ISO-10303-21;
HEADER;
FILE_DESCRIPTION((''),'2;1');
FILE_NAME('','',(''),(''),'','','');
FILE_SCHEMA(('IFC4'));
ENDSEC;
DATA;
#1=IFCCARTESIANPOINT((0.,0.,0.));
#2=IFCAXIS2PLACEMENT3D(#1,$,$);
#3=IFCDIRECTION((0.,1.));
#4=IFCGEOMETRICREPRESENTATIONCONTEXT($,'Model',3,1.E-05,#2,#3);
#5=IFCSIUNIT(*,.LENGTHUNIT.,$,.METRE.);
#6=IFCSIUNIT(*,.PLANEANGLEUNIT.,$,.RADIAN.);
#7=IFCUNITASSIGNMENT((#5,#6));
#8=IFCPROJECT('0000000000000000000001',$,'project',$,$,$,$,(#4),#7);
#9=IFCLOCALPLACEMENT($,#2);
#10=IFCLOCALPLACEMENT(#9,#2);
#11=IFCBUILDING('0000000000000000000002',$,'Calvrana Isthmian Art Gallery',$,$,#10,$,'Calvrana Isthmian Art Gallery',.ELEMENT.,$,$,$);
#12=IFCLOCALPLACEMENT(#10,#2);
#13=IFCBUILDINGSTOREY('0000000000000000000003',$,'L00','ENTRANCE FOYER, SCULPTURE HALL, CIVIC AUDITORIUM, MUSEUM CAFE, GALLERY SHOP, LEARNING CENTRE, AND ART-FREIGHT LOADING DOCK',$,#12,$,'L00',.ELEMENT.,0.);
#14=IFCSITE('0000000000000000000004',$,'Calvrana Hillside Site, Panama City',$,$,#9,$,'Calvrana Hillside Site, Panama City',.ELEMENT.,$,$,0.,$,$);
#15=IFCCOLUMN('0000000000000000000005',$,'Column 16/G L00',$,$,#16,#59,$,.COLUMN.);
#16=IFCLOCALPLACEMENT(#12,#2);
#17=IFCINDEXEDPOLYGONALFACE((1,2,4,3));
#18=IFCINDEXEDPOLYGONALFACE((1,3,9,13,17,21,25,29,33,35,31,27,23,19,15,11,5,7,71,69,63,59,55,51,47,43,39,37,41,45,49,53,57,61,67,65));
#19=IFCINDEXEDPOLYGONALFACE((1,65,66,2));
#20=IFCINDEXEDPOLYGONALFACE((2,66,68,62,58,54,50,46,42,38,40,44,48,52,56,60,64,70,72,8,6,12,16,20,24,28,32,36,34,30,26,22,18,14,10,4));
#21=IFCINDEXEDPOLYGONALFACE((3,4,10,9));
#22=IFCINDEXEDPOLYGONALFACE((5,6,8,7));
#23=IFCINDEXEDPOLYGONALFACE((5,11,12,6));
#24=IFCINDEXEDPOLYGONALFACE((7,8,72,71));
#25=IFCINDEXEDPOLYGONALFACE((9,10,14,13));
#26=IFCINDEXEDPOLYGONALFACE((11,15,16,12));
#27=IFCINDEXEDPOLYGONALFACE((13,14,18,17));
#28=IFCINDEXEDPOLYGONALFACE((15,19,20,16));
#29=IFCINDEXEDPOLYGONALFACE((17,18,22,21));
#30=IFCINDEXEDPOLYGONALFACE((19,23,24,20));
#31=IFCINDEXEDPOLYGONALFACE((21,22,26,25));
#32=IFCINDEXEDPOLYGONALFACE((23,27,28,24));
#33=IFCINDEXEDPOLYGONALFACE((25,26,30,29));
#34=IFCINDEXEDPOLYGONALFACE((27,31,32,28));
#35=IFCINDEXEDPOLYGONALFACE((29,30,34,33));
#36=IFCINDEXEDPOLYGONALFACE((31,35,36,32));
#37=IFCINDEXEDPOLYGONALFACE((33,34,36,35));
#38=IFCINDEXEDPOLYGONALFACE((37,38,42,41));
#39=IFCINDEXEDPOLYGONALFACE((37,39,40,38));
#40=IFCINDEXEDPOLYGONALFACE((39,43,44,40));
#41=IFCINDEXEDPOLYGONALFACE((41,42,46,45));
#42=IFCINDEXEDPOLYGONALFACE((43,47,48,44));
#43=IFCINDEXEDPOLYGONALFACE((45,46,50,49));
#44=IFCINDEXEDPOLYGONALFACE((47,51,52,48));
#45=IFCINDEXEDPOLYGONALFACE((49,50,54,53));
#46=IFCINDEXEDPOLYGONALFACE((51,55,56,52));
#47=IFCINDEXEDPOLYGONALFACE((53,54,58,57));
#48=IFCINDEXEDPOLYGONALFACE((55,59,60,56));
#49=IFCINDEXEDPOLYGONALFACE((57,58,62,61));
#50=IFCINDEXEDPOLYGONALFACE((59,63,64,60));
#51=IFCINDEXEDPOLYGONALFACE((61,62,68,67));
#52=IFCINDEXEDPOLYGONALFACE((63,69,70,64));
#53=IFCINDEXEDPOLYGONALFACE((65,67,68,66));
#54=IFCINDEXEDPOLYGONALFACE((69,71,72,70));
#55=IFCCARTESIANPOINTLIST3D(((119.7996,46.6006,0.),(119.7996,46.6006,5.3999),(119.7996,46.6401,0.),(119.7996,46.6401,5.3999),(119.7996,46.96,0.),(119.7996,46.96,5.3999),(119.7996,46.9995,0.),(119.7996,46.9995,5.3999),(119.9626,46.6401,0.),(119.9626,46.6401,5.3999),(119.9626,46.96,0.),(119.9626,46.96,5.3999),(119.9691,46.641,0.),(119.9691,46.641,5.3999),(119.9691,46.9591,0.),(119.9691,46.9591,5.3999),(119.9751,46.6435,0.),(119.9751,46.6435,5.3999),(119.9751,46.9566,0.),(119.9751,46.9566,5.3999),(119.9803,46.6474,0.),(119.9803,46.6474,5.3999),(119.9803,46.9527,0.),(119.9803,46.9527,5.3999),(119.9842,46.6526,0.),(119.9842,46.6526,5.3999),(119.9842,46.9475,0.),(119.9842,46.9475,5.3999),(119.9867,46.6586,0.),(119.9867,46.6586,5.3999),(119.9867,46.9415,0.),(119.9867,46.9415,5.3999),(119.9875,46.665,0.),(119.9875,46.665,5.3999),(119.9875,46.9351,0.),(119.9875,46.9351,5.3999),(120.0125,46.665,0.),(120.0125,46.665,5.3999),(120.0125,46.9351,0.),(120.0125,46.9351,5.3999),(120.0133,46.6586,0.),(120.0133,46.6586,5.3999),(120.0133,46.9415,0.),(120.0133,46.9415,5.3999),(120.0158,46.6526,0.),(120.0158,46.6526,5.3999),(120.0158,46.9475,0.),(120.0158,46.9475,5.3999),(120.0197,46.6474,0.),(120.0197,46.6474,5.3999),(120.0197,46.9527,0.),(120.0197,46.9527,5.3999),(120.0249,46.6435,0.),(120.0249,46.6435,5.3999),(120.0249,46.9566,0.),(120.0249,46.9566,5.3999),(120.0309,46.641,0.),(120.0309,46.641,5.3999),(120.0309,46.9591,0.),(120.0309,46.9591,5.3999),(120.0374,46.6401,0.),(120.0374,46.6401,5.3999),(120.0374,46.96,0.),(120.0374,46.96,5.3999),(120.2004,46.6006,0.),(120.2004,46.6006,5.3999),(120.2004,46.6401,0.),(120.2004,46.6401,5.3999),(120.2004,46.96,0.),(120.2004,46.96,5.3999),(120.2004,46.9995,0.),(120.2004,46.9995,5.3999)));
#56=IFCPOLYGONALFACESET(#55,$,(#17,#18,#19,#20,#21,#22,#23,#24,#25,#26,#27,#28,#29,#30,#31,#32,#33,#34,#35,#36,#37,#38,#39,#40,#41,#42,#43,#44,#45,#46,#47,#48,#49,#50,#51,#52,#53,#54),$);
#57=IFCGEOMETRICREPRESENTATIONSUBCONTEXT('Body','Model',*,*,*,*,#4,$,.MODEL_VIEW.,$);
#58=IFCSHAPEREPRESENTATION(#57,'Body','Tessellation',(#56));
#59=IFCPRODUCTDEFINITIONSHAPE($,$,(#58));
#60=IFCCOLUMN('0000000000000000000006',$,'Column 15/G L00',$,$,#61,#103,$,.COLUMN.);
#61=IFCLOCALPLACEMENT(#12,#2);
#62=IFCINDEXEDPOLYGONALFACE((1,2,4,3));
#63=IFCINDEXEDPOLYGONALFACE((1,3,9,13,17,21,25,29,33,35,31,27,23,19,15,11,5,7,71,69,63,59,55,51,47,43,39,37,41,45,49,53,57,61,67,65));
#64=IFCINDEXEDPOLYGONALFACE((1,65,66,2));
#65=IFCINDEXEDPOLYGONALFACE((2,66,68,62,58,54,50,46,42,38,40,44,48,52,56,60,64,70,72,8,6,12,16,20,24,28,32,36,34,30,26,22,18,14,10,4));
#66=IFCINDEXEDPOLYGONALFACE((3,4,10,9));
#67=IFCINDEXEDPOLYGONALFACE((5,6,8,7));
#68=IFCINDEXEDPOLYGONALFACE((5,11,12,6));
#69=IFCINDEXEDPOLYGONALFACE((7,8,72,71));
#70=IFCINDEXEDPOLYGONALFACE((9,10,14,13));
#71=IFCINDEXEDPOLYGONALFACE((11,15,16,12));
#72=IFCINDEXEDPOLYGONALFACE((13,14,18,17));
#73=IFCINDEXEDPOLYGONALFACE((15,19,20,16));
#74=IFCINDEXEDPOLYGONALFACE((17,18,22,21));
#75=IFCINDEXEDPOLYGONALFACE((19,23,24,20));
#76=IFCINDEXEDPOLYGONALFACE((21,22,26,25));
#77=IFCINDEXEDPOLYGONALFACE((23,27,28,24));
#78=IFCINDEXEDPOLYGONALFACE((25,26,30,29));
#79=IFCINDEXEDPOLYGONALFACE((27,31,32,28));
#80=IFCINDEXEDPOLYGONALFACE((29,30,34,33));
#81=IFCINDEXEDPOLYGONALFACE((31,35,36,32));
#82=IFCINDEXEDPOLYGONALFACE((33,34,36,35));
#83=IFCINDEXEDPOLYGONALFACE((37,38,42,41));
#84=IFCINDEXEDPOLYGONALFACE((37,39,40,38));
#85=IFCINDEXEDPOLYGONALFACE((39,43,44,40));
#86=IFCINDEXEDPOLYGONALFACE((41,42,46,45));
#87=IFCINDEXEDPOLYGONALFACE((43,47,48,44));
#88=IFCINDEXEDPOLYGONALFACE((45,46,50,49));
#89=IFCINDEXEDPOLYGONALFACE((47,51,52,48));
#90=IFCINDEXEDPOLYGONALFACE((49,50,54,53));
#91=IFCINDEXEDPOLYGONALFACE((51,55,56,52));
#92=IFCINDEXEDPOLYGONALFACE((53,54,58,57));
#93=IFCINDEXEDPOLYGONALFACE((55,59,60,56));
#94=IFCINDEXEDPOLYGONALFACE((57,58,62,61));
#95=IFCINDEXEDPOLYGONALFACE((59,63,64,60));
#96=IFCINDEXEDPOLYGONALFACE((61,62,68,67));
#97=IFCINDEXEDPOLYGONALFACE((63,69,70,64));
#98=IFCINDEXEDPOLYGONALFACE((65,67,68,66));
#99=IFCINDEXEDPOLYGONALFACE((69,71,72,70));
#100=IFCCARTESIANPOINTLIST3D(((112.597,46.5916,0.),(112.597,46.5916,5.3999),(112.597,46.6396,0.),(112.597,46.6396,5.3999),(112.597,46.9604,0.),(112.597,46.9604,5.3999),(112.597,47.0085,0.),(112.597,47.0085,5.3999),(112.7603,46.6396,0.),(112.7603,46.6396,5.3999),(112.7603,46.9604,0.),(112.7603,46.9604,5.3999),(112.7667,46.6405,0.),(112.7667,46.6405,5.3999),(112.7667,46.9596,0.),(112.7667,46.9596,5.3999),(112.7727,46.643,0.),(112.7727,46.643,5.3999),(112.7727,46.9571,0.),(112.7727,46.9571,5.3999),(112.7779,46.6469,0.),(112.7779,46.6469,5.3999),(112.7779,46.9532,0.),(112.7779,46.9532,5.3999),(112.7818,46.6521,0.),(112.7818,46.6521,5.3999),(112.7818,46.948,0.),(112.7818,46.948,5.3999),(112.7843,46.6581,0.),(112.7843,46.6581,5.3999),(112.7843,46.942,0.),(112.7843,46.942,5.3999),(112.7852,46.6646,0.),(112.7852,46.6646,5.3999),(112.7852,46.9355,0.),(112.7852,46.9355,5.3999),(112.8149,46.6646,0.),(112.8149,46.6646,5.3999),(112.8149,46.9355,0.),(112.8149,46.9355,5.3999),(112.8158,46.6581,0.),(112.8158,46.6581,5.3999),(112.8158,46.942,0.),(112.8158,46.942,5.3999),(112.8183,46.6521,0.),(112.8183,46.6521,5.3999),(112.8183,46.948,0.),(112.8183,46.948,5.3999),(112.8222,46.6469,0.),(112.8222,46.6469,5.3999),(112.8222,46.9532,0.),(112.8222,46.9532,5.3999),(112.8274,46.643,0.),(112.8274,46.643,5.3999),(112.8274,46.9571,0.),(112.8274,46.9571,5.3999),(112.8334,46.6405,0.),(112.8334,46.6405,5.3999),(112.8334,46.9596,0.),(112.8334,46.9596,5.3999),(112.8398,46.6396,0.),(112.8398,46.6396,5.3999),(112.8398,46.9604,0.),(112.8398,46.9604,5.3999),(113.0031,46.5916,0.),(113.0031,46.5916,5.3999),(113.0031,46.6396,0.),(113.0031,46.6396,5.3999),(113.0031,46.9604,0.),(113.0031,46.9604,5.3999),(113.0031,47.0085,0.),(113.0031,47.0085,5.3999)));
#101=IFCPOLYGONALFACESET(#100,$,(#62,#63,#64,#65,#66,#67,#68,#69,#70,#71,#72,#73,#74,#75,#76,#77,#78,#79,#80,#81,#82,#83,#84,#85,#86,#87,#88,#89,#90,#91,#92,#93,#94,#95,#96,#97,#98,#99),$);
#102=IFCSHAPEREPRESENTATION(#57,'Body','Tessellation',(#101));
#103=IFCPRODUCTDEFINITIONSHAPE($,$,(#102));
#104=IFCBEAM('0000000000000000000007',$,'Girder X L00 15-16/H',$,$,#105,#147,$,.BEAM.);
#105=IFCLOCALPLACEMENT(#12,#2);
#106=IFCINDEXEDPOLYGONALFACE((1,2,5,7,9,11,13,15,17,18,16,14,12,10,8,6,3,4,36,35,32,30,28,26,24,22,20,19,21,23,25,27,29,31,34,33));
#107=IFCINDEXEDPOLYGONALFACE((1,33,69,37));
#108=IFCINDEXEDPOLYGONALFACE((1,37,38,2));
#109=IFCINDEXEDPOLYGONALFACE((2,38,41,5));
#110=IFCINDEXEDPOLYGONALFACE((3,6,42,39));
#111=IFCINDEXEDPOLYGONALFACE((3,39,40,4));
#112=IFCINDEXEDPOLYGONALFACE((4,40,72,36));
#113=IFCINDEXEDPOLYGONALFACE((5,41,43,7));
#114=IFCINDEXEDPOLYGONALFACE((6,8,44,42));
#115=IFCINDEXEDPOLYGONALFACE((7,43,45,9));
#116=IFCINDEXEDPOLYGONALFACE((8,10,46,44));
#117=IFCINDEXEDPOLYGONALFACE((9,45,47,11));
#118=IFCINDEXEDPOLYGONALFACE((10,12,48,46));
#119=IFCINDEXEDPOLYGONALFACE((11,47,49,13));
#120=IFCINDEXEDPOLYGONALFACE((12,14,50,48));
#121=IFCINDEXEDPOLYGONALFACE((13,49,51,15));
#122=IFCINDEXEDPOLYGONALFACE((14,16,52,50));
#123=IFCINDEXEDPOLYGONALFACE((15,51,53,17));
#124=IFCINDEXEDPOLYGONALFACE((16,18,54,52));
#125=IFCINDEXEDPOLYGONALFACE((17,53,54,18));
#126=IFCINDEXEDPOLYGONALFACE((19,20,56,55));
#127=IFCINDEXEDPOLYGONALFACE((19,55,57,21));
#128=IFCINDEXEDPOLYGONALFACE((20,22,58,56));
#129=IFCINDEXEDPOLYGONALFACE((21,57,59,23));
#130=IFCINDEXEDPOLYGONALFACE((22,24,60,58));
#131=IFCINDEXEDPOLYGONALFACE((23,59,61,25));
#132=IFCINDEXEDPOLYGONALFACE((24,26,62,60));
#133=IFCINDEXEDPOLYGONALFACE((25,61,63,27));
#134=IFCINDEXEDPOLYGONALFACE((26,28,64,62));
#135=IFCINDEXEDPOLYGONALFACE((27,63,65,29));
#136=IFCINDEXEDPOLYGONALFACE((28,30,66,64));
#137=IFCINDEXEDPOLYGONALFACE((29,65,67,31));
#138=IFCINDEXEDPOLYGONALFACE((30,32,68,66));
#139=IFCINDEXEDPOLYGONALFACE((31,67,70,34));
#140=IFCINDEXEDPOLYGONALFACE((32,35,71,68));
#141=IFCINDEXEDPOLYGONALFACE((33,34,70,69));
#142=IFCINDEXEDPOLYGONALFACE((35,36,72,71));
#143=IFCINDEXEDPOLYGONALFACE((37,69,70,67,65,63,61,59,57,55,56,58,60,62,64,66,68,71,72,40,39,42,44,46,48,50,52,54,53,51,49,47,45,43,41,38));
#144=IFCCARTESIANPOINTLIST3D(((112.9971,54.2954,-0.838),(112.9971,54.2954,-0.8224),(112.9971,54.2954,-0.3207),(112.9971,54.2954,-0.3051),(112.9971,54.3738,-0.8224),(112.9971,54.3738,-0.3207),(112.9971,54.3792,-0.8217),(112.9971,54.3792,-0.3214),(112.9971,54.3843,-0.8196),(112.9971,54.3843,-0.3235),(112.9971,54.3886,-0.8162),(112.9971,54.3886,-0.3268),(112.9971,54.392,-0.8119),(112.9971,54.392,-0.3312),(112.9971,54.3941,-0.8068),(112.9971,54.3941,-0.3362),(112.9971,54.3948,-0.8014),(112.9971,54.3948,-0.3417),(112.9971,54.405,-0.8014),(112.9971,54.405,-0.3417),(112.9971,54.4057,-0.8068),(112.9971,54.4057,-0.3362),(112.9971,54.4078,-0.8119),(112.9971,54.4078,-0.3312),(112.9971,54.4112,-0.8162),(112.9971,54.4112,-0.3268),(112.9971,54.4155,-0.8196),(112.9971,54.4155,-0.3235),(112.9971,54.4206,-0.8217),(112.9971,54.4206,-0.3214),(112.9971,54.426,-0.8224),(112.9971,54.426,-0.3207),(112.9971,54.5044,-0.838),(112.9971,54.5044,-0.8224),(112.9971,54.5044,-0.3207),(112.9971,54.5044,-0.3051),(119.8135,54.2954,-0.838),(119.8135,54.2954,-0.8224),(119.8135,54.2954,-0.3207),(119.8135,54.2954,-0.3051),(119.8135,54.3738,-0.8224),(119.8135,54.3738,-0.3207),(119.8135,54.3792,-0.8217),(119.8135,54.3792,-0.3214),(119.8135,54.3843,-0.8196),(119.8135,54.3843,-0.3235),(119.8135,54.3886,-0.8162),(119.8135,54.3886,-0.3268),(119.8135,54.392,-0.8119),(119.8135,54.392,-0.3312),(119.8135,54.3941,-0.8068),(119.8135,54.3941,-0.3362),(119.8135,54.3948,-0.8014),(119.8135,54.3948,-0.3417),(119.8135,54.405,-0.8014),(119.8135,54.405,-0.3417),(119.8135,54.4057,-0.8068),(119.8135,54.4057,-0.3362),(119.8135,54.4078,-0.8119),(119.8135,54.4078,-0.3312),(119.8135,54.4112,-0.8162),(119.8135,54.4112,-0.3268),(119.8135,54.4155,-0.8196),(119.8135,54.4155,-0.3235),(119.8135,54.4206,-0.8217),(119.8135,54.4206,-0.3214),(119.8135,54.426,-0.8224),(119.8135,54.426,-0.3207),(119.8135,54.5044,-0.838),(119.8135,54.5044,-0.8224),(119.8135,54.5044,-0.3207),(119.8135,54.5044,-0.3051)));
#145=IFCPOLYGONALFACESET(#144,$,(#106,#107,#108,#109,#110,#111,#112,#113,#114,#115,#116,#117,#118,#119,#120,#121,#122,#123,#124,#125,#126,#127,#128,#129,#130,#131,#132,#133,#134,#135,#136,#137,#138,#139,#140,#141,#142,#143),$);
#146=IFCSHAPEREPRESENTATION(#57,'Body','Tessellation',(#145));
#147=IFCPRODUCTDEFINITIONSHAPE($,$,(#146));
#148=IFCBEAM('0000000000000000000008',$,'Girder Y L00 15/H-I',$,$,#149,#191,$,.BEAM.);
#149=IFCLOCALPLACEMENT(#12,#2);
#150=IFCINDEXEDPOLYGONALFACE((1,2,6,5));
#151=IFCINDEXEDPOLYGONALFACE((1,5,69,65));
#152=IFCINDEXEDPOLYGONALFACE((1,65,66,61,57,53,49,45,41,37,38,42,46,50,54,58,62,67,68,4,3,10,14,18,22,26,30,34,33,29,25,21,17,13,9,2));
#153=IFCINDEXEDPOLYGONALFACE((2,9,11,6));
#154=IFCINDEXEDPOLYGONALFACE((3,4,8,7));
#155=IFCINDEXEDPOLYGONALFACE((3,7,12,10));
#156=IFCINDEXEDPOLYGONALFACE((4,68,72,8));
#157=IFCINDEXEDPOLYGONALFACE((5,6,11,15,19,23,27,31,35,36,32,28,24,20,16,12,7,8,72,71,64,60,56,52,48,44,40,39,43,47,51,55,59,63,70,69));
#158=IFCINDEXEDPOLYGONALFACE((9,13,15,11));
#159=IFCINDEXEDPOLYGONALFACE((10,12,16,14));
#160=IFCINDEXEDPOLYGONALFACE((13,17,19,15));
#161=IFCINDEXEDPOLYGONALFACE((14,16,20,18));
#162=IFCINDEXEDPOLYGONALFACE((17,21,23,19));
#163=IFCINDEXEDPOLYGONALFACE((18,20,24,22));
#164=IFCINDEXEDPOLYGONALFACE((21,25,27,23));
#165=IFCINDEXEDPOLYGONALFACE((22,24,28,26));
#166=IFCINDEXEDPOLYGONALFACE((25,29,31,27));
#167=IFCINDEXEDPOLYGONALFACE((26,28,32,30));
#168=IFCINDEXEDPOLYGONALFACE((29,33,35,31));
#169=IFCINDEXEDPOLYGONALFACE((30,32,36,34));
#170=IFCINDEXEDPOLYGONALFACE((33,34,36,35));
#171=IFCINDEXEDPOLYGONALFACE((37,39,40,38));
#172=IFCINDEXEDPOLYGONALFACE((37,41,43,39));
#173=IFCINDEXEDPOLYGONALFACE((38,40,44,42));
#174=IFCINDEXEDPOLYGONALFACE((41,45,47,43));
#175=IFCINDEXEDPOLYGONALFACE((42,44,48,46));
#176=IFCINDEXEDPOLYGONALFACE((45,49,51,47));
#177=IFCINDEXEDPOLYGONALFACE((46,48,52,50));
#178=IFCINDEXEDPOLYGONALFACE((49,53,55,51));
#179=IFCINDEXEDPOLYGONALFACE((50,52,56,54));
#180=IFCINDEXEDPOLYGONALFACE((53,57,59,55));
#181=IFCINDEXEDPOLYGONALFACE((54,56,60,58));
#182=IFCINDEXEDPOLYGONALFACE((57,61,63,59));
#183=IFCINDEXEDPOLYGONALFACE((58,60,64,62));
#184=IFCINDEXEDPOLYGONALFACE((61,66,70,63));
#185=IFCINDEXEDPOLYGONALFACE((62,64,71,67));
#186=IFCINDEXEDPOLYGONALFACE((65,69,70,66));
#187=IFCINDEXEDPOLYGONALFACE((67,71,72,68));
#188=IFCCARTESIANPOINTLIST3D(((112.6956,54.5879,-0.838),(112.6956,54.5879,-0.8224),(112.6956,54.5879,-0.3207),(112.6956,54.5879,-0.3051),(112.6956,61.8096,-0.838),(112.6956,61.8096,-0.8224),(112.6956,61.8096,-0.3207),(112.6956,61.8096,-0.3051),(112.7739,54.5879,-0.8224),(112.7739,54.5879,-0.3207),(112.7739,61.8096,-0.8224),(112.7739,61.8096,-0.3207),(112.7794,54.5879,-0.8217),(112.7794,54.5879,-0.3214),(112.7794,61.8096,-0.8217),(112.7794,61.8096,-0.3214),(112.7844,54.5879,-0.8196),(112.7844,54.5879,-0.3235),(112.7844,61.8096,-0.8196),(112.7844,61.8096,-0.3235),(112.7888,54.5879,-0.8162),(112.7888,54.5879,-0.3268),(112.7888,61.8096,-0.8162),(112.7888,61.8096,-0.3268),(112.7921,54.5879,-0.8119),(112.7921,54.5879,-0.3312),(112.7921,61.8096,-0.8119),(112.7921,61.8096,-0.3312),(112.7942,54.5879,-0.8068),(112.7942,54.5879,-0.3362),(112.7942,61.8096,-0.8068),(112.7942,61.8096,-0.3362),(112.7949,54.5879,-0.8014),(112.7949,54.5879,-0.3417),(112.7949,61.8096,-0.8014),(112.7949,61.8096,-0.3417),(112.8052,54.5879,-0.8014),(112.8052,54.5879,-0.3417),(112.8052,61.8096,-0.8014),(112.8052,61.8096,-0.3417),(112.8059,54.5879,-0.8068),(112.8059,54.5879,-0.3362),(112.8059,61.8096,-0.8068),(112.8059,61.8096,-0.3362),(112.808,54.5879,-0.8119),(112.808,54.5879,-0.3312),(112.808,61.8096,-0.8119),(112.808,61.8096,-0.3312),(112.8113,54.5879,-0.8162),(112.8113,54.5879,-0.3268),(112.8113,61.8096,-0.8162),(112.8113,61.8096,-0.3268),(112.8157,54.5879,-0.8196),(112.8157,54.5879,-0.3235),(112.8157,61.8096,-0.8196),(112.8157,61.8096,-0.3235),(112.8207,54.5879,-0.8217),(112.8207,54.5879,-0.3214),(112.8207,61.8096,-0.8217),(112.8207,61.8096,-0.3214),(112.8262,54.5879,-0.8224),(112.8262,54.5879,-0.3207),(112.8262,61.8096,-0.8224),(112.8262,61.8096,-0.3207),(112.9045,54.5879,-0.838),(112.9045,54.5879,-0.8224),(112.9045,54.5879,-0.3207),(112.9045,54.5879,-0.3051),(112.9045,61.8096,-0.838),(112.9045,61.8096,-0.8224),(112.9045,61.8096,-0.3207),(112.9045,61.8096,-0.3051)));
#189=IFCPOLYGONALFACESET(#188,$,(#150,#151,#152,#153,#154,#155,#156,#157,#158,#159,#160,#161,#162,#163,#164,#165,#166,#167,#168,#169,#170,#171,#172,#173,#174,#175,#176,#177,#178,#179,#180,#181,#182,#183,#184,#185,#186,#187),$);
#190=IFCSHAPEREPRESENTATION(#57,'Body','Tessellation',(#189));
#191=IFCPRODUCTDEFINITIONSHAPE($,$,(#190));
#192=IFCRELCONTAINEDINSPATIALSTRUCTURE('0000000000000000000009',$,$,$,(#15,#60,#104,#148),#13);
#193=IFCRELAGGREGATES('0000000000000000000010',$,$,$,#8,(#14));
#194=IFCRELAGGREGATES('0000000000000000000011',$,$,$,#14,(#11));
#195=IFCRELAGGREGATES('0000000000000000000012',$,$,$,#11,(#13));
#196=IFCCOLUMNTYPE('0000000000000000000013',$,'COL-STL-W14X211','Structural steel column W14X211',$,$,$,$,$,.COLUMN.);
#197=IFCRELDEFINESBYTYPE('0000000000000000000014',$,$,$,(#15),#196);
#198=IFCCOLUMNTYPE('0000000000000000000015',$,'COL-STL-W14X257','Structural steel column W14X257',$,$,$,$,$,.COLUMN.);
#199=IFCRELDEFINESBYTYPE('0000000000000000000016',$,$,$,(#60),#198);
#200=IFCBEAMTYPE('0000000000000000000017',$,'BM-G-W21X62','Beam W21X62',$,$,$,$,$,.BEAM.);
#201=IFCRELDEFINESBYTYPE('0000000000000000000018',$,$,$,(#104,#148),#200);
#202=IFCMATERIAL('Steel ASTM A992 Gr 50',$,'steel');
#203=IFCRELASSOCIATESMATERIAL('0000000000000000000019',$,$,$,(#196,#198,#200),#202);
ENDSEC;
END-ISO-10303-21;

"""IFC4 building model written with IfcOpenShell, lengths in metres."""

from ifc_helpers import new_model, si_unit, direction, frame, origin, origin_2d, place, context, subcontext, project, spatial, i_section, extrude, material, material_profile, profile_set, type_object, element, save


model = new_model("IFC4")

# Units and contexts
model_context = context("Model", 3, precision=1e-05, world=origin(), true_north=direction((0.0, 1.0)))
body_context = subcontext(model_context, "Body", "Model", "MODEL_VIEW")
ifc_project = project(units=[si_unit("LENGTHUNIT", "METRE"), si_unit("PLANEANGLEUNIT", "RADIAN")], contexts=[model_context])

# Site, building, storey
site_placement = place(None, origin())
site = spatial("IfcSite", under=ifc_project, at=site_placement, Name="Calvrana Hillside Site, Panama City", LongName="Calvrana Hillside Site, Panama City", CompositionType="ELEMENT", RefElevation=0.0)
building_placement = place(site_placement, origin())
building = spatial("IfcBuilding", under=site, at=building_placement, Name="Calvrana Isthmian Art Gallery", LongName="Calvrana Isthmian Art Gallery", CompositionType="ELEMENT")
storey_placement = place(building_placement, origin())
storey = spatial("IfcBuildingStorey", under=building, at=storey_placement, Name="L00", Description="ENTRANCE FOYER, SCULPTURE HALL, CIVIC AUDITORIUM, MUSEUM CAFE, GALLERY SHOP, LEARNING CENTRE, AND ART-FREIGHT LOADING DOCK", LongName="L00", CompositionType="ELEMENT", Elevation=0.0)

# Columns
ifc_material_1 = material(Name="Steel ASTM A992 Gr 50", Category="steel")
ifc_material_profile_1 = material_profile(ifc_material_1, i_section(OverallWidth=0.4009, OverallDepth=0.3989, WebThickness=0.0249, FlangeThickness=0.0396, FilletRadius=0.0249, at=origin_2d()), Name="W14X211")
ifc_profile_set_1 = profile_set([ifc_material_profile_1], Name="Steel ASTM A992 Gr 50")
column_type_1 = type_object("IfcColumnType", Name="COL-STL-W14X211", Description="Structural steel column W14X211", PredefinedType="COLUMN", material=ifc_profile_set_1)
column_1_placement = place(storey_placement, frame((120.0, 46.8, 0.0), z_axis=(0.0, 0.0, 1.0), x_axis=(1.0, 0.0, 0.0)))
element("IfcColumn", 1, at=column_1_placement, inside=storey, type_object=column_type_1, Name="Column 16/G L00", PredefinedType="COLUMN", context=body_context, shape_type="SweptSolid", body=[
    extrude(i_section(OverallWidth=0.4009, OverallDepth=0.3989, WebThickness=0.0249, FlangeThickness=0.0396, FilletRadius=0.0249, at=origin_2d()), origin(), (0.0, 0.0, 1.0), 5.3999),
])
ifc_material_profile_2 = material_profile(ifc_material_1, i_section(OverallWidth=0.406, OverallDepth=0.417, WebThickness=0.0298, FlangeThickness=0.0481, FilletRadius=0.0249, at=origin_2d()), Name="W14X257")
ifc_profile_set_2 = profile_set([ifc_material_profile_2], Name="Steel ASTM A992 Gr 50")
column_type_2 = type_object("IfcColumnType", Name="COL-STL-W14X257", Description="Structural steel column W14X257", PredefinedType="COLUMN", material=ifc_profile_set_2)
column_2_placement = place(storey_placement, frame((112.8, 46.8, 0.0), z_axis=(0.0, 0.0, 1.0), x_axis=(1.0, 0.0, 0.0)))
element("IfcColumn", 2, at=column_2_placement, inside=storey, type_object=column_type_2, Name="Column 15/G L00", PredefinedType="COLUMN", context=body_context, shape_type="SweptSolid", body=[
    extrude(i_section(OverallWidth=0.406, OverallDepth=0.417, WebThickness=0.0298, FlangeThickness=0.0481, FilletRadius=0.0249, at=origin_2d()), origin(), (0.0, 0.0, 1.0), 5.3999),
])

# Beams
ifc_material_profile_3 = material_profile(ifc_material_1, i_section(OverallWidth=0.209, OverallDepth=0.533, WebThickness=0.0103, FlangeThickness=0.0156, FilletRadius=0.021, at=origin_2d()), Name="W21X62")
ifc_profile_set_3 = profile_set([ifc_material_profile_3], Name="Steel ASTM A992 Gr 50")
beam_type_1 = type_object("IfcBeamType", Name="BM-G-W21X62", Description="Beam W21X62", PredefinedType="BEAM", material=ifc_profile_set_3)
beam_1_placement = place(storey_placement, frame((112.9971, 54.3999, -0.5715), z_axis=(1.0, 0.0, 0.0), x_axis=(0.0, 1.0, 0.0)))
element("IfcBeam", 3, at=beam_1_placement, inside=storey, type_object=beam_type_1, Name="Girder X L00 15-16/H", PredefinedType="BEAM", context=body_context, shape_type="SweptSolid", body=[
    extrude(i_section(OverallWidth=0.209, OverallDepth=0.533, WebThickness=0.0103, FlangeThickness=0.0156, FilletRadius=0.021, at=origin_2d()), origin(), (0.0, 0.0, 1.0), 6.8164),
])
beam_2_placement = place(storey_placement, frame((112.8, 54.5879, -0.5715), z_axis=(0.0, 1.0, 0.0), x_axis=(-1.0, 0.0, 0.0)))
element("IfcBeam", 4, at=beam_2_placement, inside=storey, type_object=beam_type_1, Name="Girder Y L00 15/H-I", PredefinedType="BEAM", context=body_context, shape_type="SweptSolid", body=[
    extrude(i_section(OverallWidth=0.209, OverallDepth=0.533, WebThickness=0.0103, FlangeThickness=0.0156, FilletRadius=0.021, at=origin_2d()), origin(), (0.0, 0.0, 1.0), 7.2217),
])

save(model, "model.ifc")
